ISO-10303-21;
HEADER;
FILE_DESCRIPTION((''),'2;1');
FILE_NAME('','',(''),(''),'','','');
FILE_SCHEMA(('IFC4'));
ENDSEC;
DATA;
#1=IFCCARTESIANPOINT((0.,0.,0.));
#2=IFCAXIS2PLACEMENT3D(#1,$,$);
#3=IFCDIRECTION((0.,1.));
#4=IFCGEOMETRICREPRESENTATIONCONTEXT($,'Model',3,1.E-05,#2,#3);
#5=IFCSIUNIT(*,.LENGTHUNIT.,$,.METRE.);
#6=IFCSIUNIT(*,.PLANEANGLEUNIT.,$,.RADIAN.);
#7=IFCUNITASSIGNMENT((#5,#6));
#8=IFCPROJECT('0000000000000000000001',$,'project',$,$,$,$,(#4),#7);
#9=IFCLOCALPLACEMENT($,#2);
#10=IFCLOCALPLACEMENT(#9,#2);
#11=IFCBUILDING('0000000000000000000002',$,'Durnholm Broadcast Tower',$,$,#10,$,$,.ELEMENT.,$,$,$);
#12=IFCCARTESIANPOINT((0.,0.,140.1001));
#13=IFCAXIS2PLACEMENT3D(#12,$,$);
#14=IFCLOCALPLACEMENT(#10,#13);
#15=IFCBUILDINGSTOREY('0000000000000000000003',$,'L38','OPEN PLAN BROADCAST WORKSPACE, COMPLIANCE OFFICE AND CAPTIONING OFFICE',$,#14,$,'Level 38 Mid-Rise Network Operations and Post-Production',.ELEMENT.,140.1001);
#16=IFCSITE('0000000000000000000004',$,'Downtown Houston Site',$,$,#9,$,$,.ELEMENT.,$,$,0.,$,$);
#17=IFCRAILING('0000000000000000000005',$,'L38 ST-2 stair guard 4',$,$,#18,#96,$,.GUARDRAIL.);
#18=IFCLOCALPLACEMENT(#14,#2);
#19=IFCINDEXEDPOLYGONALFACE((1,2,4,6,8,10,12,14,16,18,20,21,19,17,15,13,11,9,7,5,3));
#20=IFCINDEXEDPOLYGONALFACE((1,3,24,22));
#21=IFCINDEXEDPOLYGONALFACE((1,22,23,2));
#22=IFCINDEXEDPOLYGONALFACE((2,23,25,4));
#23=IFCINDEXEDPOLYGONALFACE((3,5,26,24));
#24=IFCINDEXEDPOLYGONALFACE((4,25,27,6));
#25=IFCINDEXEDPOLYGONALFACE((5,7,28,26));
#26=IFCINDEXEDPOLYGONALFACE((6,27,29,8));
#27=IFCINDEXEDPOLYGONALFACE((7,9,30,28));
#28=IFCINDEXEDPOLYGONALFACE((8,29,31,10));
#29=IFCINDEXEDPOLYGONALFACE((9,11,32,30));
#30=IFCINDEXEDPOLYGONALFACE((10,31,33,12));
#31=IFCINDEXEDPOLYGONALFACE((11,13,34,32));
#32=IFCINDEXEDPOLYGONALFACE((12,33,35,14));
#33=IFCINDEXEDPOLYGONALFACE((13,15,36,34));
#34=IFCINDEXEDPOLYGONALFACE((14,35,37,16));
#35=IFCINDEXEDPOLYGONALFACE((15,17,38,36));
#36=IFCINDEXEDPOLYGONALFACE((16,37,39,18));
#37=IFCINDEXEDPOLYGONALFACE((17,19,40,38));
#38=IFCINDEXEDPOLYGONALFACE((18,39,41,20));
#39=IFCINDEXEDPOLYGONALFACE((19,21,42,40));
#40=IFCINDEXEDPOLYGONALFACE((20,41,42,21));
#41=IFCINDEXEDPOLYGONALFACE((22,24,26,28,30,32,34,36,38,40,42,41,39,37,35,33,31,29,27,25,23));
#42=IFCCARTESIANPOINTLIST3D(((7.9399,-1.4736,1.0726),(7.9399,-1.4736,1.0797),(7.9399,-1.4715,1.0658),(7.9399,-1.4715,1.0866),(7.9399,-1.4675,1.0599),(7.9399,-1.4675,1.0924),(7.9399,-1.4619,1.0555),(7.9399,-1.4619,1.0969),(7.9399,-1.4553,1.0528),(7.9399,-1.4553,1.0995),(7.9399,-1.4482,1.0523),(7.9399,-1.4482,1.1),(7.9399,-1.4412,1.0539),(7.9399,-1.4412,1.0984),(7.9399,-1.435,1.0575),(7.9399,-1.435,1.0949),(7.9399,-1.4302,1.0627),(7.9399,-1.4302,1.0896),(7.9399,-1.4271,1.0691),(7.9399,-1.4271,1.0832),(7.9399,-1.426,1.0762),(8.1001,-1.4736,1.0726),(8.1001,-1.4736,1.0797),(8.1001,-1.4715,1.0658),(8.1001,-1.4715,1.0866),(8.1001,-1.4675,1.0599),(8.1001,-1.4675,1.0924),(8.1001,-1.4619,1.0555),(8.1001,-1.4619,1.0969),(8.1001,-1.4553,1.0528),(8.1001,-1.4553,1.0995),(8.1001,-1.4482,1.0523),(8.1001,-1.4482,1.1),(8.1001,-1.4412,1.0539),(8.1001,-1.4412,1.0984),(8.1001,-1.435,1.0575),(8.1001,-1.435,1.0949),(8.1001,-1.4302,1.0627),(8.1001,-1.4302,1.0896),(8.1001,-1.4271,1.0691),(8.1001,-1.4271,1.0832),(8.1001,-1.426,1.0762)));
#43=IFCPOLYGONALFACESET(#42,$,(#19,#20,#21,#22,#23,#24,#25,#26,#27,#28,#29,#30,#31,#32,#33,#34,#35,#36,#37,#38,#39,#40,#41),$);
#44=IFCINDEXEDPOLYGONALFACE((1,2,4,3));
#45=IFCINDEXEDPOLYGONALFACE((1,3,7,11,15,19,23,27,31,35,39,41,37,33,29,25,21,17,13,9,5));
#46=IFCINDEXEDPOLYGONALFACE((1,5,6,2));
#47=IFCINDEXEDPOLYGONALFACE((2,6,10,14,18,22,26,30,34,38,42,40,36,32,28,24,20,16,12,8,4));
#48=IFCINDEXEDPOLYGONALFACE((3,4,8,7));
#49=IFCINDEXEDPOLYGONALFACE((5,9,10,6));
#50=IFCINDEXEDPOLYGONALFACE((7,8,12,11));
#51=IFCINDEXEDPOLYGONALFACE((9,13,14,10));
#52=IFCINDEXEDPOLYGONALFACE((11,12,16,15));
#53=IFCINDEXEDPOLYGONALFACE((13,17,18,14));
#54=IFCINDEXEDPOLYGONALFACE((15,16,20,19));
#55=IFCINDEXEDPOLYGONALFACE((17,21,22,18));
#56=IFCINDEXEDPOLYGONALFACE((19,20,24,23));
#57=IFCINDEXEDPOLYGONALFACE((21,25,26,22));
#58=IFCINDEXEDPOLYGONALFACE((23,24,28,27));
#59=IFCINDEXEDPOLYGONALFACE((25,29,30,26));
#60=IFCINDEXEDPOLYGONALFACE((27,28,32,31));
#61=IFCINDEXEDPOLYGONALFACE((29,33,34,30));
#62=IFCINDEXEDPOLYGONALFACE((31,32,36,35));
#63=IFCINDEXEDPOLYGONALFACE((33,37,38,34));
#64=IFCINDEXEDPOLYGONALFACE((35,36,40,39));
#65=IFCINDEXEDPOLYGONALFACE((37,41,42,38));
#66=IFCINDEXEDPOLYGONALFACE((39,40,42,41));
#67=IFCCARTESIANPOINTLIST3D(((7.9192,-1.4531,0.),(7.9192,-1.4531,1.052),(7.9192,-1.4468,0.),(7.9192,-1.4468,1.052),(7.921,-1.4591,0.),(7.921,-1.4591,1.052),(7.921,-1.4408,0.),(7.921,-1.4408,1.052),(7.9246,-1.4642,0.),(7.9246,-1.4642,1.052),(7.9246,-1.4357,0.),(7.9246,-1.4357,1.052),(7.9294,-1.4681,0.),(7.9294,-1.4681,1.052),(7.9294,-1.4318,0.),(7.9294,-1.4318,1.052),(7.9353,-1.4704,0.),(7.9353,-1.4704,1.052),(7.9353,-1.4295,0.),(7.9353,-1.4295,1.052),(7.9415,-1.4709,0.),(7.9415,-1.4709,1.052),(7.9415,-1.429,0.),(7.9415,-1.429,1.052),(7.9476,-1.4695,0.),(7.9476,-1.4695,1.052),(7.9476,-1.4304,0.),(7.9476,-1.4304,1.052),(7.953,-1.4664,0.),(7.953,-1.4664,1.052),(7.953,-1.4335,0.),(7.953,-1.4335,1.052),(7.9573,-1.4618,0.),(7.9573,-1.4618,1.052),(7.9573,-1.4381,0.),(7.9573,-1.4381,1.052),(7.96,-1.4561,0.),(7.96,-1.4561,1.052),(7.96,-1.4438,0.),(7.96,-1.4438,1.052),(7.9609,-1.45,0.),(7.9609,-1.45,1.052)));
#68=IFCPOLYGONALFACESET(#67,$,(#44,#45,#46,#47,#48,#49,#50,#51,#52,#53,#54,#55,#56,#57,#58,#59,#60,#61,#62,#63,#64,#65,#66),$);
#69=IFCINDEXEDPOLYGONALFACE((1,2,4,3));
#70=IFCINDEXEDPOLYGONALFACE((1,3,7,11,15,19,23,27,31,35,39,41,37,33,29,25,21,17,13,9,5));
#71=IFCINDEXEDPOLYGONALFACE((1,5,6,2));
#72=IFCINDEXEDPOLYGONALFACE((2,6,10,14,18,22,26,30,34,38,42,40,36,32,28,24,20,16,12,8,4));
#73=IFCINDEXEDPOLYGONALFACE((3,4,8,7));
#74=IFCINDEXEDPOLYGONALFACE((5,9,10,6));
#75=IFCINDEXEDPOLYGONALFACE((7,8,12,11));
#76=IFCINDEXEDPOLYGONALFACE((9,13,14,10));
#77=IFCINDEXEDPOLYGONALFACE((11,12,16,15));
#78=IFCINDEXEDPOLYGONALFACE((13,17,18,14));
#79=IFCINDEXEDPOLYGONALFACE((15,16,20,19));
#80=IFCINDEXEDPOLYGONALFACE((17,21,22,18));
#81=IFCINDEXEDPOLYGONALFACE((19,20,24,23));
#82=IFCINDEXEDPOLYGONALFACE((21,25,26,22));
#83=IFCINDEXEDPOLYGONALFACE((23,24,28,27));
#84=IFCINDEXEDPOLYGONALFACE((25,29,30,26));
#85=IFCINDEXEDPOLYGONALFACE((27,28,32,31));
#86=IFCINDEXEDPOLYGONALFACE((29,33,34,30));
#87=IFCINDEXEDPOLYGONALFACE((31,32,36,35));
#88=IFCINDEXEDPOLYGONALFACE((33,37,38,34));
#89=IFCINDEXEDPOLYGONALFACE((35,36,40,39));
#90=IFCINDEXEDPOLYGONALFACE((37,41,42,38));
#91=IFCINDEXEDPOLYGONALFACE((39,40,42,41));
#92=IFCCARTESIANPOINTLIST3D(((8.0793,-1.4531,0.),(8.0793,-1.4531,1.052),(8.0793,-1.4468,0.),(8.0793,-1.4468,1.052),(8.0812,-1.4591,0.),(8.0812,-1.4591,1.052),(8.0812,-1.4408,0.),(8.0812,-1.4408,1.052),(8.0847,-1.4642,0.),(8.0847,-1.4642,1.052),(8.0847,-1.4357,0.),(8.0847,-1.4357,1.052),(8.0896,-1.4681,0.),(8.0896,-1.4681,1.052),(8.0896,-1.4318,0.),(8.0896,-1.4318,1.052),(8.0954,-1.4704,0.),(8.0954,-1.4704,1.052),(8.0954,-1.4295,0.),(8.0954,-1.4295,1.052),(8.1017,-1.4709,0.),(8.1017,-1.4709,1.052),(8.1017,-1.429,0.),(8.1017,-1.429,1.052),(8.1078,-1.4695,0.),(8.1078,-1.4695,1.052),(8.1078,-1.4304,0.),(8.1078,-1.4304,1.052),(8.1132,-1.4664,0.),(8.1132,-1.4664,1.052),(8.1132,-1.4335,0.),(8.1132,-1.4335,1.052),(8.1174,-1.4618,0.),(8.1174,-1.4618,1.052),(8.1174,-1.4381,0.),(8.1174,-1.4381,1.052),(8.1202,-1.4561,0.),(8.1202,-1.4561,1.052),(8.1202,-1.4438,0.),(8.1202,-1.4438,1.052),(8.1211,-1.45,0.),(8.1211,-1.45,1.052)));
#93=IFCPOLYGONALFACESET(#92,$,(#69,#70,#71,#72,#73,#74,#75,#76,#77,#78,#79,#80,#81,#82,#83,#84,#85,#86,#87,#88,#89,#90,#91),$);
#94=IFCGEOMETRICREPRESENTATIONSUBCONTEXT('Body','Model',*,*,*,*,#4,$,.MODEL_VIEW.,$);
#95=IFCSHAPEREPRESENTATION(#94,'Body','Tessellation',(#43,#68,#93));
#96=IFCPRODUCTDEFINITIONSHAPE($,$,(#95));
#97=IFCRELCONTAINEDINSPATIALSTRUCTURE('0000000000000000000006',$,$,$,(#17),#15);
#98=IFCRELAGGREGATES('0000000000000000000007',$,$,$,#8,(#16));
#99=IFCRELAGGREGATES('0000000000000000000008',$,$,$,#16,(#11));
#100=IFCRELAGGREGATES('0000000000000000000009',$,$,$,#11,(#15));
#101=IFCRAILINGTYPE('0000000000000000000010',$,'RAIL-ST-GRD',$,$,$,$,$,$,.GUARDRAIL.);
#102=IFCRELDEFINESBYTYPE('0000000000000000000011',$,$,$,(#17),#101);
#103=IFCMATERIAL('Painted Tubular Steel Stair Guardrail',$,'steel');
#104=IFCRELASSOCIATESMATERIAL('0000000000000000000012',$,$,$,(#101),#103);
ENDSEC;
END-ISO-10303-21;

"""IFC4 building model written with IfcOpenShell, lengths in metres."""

from ifc_helpers import new_model, si_unit, direction, frame, origin, origin_2d, place, context, subcontext, project, spatial, circle, extrude, material, type_object, element, save


model = new_model("IFC4")

# Units and contexts
model_context = context("Model", 3, precision=1e-05, world=origin(), true_north=direction((0.0, 1.0)))
body_context = subcontext(model_context, "Body", "Model", "MODEL_VIEW")
ifc_project = project(units=[si_unit("LENGTHUNIT", "METRE"), si_unit("PLANEANGLEUNIT", "RADIAN")], contexts=[model_context])

# Site, building, storey
site_placement = place(None, origin())
site = spatial("IfcSite", under=ifc_project, at=site_placement, Name="Downtown Houston Site", CompositionType="ELEMENT", RefElevation=0.0)
building_placement = place(site_placement, origin())
building = spatial("IfcBuilding", under=site, at=building_placement, Name="Durnholm Broadcast Tower", CompositionType="ELEMENT")
storey_placement = place(building_placement, frame((0.0, 0.0, 140.1001)))
storey = spatial("IfcBuildingStorey", under=building, at=storey_placement, Name="L38", Description="OPEN PLAN BROADCAST WORKSPACE, COMPLIANCE OFFICE AND CAPTIONING OFFICE", LongName="Level 38 Mid-Rise Network Operations and Post-Production", CompositionType="ELEMENT", Elevation=140.1001)

# Railing
ifc_material_1 = material(Name="Painted Tubular Steel Stair Guardrail", Category="steel")
railing_type_1 = type_object("IfcRailingType", Name="RAIL-ST-GRD", PredefinedType="GUARDRAIL", material=ifc_material_1)
railing_1_placement = place(storey_placement, frame((7.9399, -1.45, 0.0)))
element("IfcRailing", 1, at=railing_1_placement, inside=storey, type_object=railing_type_1, Name="L38 ST-2 stair guard 4", PredefinedType="GUARDRAIL", context=body_context, shape_type="SweptSolid", body=[
    extrude(circle(Radius=0.0239, at=origin_2d()), frame((0.0, 0.0, 1.0762), z_axis=(1.0, 0.0, 0.0), x_axis=(0.0, 1.0, 0.0)), (0.0, 0.0, 1.0), 0.1602),
    extrude(circle(Radius=0.021, at=origin_2d()), origin(), (0.0, 0.0, 1.0), 1.052),
    extrude(circle(Radius=0.021, at=origin_2d()), frame((0.1602, 0.0, 0.0)), (0.0, 0.0, 1.0), 1.052),
])

save(model, "model.ifc")
